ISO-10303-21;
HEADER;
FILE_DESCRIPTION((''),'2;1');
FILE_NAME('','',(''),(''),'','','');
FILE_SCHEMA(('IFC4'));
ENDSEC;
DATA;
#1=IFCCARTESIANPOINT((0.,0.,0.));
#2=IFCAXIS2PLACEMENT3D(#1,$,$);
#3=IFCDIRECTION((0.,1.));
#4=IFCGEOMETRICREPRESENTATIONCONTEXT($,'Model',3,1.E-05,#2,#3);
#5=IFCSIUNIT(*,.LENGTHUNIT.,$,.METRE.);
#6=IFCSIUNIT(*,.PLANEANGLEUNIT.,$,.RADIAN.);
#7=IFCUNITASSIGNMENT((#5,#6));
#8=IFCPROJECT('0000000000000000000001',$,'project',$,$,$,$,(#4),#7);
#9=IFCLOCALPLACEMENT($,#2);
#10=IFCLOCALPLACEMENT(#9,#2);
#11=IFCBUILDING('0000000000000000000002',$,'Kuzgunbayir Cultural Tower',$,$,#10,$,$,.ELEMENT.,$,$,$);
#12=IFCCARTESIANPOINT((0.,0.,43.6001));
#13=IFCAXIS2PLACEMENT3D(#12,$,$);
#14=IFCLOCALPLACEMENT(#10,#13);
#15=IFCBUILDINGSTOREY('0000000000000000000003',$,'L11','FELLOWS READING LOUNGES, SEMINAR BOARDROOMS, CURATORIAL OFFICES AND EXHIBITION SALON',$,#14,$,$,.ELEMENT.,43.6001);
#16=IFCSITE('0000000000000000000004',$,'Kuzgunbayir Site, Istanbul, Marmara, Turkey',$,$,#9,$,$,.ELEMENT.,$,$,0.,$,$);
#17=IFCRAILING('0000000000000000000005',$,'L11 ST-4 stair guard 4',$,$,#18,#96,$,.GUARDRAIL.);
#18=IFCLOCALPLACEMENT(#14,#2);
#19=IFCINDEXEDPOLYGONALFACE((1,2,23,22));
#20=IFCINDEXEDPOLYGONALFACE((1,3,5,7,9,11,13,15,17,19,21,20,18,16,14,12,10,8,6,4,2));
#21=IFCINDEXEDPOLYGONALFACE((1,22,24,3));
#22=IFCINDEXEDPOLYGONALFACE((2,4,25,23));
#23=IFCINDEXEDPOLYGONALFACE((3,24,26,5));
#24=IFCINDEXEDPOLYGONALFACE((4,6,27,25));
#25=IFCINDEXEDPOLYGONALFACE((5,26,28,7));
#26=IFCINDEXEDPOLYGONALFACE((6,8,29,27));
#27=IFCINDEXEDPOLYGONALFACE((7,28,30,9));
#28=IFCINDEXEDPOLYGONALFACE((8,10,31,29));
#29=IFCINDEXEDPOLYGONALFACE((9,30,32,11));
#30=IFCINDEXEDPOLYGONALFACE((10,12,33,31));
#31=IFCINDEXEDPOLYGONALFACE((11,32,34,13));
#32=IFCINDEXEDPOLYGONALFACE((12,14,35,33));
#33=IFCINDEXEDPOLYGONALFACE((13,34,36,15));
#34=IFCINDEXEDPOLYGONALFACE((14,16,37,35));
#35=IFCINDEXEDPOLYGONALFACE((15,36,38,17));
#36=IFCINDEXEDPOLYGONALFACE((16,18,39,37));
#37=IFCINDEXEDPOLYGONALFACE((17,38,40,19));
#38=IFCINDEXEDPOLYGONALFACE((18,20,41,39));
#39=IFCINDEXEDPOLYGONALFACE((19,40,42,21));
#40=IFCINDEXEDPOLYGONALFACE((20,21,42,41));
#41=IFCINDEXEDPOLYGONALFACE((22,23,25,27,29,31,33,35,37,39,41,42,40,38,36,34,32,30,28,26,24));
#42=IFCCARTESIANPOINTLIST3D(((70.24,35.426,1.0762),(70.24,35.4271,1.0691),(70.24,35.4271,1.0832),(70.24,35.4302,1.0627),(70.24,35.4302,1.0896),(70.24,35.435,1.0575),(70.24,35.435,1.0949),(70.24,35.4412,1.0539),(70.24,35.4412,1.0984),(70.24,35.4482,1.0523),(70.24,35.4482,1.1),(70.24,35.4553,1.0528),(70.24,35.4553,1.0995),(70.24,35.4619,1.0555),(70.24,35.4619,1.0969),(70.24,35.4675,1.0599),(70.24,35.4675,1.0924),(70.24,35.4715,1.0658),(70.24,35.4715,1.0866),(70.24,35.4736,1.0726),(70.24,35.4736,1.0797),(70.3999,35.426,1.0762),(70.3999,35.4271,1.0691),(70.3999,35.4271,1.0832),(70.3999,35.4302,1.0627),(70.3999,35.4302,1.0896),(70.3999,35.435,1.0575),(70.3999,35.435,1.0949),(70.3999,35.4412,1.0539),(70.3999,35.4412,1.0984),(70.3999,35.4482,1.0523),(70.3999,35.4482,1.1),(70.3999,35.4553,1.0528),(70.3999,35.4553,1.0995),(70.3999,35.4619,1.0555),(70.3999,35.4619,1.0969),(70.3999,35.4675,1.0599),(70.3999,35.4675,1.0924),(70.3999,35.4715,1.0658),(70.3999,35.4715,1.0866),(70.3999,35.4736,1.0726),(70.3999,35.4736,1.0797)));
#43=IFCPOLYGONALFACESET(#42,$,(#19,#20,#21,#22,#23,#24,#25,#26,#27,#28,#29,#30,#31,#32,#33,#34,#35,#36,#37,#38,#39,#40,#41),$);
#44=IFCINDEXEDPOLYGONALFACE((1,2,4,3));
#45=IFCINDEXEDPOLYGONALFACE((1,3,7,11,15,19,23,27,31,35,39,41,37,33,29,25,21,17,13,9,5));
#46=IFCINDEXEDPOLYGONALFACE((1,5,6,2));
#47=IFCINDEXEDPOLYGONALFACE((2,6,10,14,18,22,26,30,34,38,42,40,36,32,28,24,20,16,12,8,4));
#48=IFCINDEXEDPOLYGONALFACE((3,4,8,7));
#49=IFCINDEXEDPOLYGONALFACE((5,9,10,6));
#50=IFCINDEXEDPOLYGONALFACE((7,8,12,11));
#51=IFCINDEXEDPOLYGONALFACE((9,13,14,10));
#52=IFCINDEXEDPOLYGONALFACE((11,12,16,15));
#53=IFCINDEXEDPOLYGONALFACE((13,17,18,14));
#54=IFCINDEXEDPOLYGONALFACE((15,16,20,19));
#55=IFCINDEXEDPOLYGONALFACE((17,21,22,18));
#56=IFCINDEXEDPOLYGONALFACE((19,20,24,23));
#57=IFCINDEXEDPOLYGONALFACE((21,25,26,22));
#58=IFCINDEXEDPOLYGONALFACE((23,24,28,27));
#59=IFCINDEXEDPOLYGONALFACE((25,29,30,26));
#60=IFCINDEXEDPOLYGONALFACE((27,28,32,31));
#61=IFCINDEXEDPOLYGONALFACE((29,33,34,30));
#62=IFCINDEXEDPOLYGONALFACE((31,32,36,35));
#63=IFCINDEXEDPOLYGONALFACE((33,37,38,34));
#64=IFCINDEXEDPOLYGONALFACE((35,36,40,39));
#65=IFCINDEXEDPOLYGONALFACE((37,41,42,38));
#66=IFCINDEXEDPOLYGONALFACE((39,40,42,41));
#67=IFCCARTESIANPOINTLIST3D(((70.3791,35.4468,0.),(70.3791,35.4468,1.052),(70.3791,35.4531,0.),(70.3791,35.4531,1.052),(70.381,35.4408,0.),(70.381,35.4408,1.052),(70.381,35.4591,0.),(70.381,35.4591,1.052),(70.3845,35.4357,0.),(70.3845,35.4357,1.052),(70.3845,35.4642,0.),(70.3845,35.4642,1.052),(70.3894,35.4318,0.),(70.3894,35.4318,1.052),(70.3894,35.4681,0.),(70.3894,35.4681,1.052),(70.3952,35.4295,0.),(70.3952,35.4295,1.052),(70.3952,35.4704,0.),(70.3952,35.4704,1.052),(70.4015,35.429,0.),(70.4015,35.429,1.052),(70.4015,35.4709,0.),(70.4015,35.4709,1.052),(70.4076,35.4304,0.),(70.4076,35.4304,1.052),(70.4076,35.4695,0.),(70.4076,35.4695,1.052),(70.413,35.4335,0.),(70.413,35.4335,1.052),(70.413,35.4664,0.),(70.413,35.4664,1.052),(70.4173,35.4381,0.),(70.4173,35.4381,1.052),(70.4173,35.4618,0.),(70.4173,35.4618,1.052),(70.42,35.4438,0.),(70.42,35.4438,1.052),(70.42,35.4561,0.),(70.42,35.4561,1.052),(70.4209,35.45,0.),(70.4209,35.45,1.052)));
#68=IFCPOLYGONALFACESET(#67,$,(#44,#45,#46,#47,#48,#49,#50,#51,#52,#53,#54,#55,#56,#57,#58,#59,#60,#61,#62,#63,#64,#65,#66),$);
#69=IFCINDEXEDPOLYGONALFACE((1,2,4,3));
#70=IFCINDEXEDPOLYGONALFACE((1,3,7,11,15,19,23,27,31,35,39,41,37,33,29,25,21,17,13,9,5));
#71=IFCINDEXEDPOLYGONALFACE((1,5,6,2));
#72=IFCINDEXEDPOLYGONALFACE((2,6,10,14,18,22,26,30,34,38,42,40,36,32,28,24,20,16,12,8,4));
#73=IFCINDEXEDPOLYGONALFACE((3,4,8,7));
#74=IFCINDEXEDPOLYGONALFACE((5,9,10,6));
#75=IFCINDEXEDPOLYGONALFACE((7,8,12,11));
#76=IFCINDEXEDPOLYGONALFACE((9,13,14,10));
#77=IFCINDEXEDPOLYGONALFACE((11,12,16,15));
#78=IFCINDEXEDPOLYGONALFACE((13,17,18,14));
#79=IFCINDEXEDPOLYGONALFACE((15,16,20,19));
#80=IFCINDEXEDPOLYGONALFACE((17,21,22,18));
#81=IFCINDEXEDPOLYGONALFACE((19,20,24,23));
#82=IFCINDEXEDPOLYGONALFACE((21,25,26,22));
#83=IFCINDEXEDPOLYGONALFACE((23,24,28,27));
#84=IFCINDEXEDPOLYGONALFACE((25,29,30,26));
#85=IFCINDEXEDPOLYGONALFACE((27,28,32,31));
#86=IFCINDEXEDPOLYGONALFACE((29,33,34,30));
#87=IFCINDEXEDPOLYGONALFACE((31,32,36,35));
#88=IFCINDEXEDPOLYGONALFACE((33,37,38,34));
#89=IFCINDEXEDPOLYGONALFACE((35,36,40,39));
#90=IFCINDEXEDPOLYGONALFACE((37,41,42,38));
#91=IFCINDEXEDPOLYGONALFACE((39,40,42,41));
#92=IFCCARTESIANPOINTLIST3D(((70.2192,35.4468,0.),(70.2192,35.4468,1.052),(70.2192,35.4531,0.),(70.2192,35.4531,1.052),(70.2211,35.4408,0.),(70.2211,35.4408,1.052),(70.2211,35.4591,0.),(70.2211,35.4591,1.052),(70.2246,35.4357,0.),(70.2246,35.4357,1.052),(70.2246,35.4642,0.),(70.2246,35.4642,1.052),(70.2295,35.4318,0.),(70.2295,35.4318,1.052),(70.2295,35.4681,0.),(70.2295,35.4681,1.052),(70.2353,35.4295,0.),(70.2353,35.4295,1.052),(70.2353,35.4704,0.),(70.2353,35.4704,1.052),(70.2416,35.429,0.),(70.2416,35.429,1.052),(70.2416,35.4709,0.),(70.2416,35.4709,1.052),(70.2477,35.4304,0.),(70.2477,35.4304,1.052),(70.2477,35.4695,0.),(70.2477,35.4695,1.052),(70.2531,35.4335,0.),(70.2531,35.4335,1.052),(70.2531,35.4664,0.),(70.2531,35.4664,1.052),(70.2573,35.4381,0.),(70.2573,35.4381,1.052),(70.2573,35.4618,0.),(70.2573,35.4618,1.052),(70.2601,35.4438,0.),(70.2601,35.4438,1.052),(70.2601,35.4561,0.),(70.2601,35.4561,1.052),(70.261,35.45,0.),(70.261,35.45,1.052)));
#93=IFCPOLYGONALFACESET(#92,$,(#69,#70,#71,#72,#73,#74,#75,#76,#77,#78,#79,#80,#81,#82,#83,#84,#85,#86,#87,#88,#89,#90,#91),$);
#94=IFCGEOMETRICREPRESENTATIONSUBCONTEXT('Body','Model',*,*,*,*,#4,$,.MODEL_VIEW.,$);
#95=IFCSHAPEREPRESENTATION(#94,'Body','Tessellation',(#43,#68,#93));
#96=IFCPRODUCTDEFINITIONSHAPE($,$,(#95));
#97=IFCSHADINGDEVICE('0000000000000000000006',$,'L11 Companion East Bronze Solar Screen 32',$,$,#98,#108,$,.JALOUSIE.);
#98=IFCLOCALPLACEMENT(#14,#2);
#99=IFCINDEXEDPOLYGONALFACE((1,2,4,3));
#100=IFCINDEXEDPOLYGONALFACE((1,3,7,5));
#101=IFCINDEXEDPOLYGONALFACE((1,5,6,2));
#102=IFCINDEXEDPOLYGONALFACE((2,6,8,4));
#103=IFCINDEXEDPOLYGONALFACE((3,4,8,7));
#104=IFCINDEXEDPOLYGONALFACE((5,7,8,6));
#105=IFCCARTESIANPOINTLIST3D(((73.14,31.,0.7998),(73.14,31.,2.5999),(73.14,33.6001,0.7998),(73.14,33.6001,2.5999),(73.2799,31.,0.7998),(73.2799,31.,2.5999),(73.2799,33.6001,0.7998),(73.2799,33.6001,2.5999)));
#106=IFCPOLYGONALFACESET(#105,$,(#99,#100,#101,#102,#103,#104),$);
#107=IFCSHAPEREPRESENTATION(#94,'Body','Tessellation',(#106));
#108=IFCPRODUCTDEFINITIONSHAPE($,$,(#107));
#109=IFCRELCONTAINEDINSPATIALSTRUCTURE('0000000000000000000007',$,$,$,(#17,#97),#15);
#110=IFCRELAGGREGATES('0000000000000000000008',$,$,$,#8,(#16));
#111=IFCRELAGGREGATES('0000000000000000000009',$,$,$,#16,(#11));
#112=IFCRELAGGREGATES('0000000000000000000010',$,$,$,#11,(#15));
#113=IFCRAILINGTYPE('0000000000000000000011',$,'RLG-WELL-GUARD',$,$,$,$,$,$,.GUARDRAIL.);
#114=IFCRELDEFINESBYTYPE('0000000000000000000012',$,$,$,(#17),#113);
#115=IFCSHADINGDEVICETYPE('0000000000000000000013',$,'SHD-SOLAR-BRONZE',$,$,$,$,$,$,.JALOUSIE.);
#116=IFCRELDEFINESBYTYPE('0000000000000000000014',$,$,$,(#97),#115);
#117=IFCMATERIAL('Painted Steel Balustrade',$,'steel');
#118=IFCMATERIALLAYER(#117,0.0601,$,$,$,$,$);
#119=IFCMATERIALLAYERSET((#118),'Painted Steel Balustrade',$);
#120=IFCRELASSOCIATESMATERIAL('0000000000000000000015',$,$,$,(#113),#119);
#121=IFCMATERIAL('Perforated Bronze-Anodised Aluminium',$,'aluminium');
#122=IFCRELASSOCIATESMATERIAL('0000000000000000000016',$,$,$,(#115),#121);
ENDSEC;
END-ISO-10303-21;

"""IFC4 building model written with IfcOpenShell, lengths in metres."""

from ifc_helpers import new_model, si_unit, direction, frame, origin, origin_2d, place, context, subcontext, project, spatial, rectangle, circle, extrude, material, layer, layer_set, type_object, element, save


model = new_model("IFC4")

# Units and contexts
model_context = context("Model", 3, precision=1e-05, world=origin(), true_north=direction((0.0, 1.0)))
body_context = subcontext(model_context, "Body", "Model", "MODEL_VIEW")
ifc_project = project(units=[si_unit("LENGTHUNIT", "METRE"), si_unit("PLANEANGLEUNIT", "RADIAN")], contexts=[model_context])

# Site, building, storey
site_placement = place(None, origin())
site = spatial("IfcSite", under=ifc_project, at=site_placement, Name="Kuzgunbayir Site, Istanbul, Marmara, Turkey", CompositionType="ELEMENT", RefElevation=0.0)
building_placement = place(site_placement, origin())
building = spatial("IfcBuilding", under=site, at=building_placement, Name="Kuzgunbayir Cultural Tower", CompositionType="ELEMENT")
storey_placement = place(building_placement, frame((0.0, 0.0, 43.6001)))
storey = spatial("IfcBuildingStorey", under=building, at=storey_placement, Name="L11", Description="FELLOWS READING LOUNGES, SEMINAR BOARDROOMS, CURATORIAL OFFICES AND EXHIBITION SALON", CompositionType="ELEMENT", Elevation=43.6001)

# Railing
ifc_material_1 = material(Name="Painted Steel Balustrade", Category="steel")
ifc_layer_1 = layer(ifc_material_1, 0.0601)
ifc_layer_set_1 = layer_set([ifc_layer_1], Name="Painted Steel Balustrade")
railing_type = type_object("IfcRailingType", Name="RLG-WELL-GUARD", PredefinedType="GUARDRAIL", material=ifc_layer_set_1)
railing_1_placement = place(storey_placement, frame((70.3999, 35.45, 0.0)))
element("IfcRailing", 1, at=railing_1_placement, inside=storey, type_object=railing_type, Name="L11 ST-4 stair guard 4", PredefinedType="GUARDRAIL", context=body_context, shape_type="SweptSolid", body=[
    extrude(circle(Radius=0.0239, at=origin_2d()), frame((0.0, 0.0, 1.0762), z_axis=(-1.0, 0.0, 0.0), x_axis=(0.0, -1.0, 0.0)), (0.0, 0.0, 1.0), 0.1599),
    extrude(circle(Radius=0.021, at=origin_2d()), origin(), (0.0, 0.0, 1.0), 1.052),
    extrude(circle(Radius=0.021, at=origin_2d()), frame((-0.1599, 0.0, 0.0)), (0.0, 0.0, 1.0), 1.052),
])

# Shading device
ifc_material_2 = material(Name="Perforated Bronze-Anodised Aluminium", Category="aluminium")
shading_device_type = type_object("IfcShadingDeviceType", Name="SHD-SOLAR-BRONZE", PredefinedType="JALOUSIE", material=ifc_material_2)
shading_device_placement = place(storey_placement, frame((73.21, 32.3, 0.7998), z_axis=(0.0, 0.0, 1.0), x_axis=(1.0, 0.0, 0.0)))
element("IfcShadingDevice", 2, at=shading_device_placement, inside=storey, type_object=shading_device_type, Name="L11 Companion East Bronze Solar Screen 32", PredefinedType="JALOUSIE", context=body_context, shape_type="SweptSolid", body=[
    extrude(rectangle(XDim=0.1399, YDim=2.6001, at=origin_2d()), origin(), (0.0, 0.0, 1.0), 1.8),
])

save(model, "model.ifc")
